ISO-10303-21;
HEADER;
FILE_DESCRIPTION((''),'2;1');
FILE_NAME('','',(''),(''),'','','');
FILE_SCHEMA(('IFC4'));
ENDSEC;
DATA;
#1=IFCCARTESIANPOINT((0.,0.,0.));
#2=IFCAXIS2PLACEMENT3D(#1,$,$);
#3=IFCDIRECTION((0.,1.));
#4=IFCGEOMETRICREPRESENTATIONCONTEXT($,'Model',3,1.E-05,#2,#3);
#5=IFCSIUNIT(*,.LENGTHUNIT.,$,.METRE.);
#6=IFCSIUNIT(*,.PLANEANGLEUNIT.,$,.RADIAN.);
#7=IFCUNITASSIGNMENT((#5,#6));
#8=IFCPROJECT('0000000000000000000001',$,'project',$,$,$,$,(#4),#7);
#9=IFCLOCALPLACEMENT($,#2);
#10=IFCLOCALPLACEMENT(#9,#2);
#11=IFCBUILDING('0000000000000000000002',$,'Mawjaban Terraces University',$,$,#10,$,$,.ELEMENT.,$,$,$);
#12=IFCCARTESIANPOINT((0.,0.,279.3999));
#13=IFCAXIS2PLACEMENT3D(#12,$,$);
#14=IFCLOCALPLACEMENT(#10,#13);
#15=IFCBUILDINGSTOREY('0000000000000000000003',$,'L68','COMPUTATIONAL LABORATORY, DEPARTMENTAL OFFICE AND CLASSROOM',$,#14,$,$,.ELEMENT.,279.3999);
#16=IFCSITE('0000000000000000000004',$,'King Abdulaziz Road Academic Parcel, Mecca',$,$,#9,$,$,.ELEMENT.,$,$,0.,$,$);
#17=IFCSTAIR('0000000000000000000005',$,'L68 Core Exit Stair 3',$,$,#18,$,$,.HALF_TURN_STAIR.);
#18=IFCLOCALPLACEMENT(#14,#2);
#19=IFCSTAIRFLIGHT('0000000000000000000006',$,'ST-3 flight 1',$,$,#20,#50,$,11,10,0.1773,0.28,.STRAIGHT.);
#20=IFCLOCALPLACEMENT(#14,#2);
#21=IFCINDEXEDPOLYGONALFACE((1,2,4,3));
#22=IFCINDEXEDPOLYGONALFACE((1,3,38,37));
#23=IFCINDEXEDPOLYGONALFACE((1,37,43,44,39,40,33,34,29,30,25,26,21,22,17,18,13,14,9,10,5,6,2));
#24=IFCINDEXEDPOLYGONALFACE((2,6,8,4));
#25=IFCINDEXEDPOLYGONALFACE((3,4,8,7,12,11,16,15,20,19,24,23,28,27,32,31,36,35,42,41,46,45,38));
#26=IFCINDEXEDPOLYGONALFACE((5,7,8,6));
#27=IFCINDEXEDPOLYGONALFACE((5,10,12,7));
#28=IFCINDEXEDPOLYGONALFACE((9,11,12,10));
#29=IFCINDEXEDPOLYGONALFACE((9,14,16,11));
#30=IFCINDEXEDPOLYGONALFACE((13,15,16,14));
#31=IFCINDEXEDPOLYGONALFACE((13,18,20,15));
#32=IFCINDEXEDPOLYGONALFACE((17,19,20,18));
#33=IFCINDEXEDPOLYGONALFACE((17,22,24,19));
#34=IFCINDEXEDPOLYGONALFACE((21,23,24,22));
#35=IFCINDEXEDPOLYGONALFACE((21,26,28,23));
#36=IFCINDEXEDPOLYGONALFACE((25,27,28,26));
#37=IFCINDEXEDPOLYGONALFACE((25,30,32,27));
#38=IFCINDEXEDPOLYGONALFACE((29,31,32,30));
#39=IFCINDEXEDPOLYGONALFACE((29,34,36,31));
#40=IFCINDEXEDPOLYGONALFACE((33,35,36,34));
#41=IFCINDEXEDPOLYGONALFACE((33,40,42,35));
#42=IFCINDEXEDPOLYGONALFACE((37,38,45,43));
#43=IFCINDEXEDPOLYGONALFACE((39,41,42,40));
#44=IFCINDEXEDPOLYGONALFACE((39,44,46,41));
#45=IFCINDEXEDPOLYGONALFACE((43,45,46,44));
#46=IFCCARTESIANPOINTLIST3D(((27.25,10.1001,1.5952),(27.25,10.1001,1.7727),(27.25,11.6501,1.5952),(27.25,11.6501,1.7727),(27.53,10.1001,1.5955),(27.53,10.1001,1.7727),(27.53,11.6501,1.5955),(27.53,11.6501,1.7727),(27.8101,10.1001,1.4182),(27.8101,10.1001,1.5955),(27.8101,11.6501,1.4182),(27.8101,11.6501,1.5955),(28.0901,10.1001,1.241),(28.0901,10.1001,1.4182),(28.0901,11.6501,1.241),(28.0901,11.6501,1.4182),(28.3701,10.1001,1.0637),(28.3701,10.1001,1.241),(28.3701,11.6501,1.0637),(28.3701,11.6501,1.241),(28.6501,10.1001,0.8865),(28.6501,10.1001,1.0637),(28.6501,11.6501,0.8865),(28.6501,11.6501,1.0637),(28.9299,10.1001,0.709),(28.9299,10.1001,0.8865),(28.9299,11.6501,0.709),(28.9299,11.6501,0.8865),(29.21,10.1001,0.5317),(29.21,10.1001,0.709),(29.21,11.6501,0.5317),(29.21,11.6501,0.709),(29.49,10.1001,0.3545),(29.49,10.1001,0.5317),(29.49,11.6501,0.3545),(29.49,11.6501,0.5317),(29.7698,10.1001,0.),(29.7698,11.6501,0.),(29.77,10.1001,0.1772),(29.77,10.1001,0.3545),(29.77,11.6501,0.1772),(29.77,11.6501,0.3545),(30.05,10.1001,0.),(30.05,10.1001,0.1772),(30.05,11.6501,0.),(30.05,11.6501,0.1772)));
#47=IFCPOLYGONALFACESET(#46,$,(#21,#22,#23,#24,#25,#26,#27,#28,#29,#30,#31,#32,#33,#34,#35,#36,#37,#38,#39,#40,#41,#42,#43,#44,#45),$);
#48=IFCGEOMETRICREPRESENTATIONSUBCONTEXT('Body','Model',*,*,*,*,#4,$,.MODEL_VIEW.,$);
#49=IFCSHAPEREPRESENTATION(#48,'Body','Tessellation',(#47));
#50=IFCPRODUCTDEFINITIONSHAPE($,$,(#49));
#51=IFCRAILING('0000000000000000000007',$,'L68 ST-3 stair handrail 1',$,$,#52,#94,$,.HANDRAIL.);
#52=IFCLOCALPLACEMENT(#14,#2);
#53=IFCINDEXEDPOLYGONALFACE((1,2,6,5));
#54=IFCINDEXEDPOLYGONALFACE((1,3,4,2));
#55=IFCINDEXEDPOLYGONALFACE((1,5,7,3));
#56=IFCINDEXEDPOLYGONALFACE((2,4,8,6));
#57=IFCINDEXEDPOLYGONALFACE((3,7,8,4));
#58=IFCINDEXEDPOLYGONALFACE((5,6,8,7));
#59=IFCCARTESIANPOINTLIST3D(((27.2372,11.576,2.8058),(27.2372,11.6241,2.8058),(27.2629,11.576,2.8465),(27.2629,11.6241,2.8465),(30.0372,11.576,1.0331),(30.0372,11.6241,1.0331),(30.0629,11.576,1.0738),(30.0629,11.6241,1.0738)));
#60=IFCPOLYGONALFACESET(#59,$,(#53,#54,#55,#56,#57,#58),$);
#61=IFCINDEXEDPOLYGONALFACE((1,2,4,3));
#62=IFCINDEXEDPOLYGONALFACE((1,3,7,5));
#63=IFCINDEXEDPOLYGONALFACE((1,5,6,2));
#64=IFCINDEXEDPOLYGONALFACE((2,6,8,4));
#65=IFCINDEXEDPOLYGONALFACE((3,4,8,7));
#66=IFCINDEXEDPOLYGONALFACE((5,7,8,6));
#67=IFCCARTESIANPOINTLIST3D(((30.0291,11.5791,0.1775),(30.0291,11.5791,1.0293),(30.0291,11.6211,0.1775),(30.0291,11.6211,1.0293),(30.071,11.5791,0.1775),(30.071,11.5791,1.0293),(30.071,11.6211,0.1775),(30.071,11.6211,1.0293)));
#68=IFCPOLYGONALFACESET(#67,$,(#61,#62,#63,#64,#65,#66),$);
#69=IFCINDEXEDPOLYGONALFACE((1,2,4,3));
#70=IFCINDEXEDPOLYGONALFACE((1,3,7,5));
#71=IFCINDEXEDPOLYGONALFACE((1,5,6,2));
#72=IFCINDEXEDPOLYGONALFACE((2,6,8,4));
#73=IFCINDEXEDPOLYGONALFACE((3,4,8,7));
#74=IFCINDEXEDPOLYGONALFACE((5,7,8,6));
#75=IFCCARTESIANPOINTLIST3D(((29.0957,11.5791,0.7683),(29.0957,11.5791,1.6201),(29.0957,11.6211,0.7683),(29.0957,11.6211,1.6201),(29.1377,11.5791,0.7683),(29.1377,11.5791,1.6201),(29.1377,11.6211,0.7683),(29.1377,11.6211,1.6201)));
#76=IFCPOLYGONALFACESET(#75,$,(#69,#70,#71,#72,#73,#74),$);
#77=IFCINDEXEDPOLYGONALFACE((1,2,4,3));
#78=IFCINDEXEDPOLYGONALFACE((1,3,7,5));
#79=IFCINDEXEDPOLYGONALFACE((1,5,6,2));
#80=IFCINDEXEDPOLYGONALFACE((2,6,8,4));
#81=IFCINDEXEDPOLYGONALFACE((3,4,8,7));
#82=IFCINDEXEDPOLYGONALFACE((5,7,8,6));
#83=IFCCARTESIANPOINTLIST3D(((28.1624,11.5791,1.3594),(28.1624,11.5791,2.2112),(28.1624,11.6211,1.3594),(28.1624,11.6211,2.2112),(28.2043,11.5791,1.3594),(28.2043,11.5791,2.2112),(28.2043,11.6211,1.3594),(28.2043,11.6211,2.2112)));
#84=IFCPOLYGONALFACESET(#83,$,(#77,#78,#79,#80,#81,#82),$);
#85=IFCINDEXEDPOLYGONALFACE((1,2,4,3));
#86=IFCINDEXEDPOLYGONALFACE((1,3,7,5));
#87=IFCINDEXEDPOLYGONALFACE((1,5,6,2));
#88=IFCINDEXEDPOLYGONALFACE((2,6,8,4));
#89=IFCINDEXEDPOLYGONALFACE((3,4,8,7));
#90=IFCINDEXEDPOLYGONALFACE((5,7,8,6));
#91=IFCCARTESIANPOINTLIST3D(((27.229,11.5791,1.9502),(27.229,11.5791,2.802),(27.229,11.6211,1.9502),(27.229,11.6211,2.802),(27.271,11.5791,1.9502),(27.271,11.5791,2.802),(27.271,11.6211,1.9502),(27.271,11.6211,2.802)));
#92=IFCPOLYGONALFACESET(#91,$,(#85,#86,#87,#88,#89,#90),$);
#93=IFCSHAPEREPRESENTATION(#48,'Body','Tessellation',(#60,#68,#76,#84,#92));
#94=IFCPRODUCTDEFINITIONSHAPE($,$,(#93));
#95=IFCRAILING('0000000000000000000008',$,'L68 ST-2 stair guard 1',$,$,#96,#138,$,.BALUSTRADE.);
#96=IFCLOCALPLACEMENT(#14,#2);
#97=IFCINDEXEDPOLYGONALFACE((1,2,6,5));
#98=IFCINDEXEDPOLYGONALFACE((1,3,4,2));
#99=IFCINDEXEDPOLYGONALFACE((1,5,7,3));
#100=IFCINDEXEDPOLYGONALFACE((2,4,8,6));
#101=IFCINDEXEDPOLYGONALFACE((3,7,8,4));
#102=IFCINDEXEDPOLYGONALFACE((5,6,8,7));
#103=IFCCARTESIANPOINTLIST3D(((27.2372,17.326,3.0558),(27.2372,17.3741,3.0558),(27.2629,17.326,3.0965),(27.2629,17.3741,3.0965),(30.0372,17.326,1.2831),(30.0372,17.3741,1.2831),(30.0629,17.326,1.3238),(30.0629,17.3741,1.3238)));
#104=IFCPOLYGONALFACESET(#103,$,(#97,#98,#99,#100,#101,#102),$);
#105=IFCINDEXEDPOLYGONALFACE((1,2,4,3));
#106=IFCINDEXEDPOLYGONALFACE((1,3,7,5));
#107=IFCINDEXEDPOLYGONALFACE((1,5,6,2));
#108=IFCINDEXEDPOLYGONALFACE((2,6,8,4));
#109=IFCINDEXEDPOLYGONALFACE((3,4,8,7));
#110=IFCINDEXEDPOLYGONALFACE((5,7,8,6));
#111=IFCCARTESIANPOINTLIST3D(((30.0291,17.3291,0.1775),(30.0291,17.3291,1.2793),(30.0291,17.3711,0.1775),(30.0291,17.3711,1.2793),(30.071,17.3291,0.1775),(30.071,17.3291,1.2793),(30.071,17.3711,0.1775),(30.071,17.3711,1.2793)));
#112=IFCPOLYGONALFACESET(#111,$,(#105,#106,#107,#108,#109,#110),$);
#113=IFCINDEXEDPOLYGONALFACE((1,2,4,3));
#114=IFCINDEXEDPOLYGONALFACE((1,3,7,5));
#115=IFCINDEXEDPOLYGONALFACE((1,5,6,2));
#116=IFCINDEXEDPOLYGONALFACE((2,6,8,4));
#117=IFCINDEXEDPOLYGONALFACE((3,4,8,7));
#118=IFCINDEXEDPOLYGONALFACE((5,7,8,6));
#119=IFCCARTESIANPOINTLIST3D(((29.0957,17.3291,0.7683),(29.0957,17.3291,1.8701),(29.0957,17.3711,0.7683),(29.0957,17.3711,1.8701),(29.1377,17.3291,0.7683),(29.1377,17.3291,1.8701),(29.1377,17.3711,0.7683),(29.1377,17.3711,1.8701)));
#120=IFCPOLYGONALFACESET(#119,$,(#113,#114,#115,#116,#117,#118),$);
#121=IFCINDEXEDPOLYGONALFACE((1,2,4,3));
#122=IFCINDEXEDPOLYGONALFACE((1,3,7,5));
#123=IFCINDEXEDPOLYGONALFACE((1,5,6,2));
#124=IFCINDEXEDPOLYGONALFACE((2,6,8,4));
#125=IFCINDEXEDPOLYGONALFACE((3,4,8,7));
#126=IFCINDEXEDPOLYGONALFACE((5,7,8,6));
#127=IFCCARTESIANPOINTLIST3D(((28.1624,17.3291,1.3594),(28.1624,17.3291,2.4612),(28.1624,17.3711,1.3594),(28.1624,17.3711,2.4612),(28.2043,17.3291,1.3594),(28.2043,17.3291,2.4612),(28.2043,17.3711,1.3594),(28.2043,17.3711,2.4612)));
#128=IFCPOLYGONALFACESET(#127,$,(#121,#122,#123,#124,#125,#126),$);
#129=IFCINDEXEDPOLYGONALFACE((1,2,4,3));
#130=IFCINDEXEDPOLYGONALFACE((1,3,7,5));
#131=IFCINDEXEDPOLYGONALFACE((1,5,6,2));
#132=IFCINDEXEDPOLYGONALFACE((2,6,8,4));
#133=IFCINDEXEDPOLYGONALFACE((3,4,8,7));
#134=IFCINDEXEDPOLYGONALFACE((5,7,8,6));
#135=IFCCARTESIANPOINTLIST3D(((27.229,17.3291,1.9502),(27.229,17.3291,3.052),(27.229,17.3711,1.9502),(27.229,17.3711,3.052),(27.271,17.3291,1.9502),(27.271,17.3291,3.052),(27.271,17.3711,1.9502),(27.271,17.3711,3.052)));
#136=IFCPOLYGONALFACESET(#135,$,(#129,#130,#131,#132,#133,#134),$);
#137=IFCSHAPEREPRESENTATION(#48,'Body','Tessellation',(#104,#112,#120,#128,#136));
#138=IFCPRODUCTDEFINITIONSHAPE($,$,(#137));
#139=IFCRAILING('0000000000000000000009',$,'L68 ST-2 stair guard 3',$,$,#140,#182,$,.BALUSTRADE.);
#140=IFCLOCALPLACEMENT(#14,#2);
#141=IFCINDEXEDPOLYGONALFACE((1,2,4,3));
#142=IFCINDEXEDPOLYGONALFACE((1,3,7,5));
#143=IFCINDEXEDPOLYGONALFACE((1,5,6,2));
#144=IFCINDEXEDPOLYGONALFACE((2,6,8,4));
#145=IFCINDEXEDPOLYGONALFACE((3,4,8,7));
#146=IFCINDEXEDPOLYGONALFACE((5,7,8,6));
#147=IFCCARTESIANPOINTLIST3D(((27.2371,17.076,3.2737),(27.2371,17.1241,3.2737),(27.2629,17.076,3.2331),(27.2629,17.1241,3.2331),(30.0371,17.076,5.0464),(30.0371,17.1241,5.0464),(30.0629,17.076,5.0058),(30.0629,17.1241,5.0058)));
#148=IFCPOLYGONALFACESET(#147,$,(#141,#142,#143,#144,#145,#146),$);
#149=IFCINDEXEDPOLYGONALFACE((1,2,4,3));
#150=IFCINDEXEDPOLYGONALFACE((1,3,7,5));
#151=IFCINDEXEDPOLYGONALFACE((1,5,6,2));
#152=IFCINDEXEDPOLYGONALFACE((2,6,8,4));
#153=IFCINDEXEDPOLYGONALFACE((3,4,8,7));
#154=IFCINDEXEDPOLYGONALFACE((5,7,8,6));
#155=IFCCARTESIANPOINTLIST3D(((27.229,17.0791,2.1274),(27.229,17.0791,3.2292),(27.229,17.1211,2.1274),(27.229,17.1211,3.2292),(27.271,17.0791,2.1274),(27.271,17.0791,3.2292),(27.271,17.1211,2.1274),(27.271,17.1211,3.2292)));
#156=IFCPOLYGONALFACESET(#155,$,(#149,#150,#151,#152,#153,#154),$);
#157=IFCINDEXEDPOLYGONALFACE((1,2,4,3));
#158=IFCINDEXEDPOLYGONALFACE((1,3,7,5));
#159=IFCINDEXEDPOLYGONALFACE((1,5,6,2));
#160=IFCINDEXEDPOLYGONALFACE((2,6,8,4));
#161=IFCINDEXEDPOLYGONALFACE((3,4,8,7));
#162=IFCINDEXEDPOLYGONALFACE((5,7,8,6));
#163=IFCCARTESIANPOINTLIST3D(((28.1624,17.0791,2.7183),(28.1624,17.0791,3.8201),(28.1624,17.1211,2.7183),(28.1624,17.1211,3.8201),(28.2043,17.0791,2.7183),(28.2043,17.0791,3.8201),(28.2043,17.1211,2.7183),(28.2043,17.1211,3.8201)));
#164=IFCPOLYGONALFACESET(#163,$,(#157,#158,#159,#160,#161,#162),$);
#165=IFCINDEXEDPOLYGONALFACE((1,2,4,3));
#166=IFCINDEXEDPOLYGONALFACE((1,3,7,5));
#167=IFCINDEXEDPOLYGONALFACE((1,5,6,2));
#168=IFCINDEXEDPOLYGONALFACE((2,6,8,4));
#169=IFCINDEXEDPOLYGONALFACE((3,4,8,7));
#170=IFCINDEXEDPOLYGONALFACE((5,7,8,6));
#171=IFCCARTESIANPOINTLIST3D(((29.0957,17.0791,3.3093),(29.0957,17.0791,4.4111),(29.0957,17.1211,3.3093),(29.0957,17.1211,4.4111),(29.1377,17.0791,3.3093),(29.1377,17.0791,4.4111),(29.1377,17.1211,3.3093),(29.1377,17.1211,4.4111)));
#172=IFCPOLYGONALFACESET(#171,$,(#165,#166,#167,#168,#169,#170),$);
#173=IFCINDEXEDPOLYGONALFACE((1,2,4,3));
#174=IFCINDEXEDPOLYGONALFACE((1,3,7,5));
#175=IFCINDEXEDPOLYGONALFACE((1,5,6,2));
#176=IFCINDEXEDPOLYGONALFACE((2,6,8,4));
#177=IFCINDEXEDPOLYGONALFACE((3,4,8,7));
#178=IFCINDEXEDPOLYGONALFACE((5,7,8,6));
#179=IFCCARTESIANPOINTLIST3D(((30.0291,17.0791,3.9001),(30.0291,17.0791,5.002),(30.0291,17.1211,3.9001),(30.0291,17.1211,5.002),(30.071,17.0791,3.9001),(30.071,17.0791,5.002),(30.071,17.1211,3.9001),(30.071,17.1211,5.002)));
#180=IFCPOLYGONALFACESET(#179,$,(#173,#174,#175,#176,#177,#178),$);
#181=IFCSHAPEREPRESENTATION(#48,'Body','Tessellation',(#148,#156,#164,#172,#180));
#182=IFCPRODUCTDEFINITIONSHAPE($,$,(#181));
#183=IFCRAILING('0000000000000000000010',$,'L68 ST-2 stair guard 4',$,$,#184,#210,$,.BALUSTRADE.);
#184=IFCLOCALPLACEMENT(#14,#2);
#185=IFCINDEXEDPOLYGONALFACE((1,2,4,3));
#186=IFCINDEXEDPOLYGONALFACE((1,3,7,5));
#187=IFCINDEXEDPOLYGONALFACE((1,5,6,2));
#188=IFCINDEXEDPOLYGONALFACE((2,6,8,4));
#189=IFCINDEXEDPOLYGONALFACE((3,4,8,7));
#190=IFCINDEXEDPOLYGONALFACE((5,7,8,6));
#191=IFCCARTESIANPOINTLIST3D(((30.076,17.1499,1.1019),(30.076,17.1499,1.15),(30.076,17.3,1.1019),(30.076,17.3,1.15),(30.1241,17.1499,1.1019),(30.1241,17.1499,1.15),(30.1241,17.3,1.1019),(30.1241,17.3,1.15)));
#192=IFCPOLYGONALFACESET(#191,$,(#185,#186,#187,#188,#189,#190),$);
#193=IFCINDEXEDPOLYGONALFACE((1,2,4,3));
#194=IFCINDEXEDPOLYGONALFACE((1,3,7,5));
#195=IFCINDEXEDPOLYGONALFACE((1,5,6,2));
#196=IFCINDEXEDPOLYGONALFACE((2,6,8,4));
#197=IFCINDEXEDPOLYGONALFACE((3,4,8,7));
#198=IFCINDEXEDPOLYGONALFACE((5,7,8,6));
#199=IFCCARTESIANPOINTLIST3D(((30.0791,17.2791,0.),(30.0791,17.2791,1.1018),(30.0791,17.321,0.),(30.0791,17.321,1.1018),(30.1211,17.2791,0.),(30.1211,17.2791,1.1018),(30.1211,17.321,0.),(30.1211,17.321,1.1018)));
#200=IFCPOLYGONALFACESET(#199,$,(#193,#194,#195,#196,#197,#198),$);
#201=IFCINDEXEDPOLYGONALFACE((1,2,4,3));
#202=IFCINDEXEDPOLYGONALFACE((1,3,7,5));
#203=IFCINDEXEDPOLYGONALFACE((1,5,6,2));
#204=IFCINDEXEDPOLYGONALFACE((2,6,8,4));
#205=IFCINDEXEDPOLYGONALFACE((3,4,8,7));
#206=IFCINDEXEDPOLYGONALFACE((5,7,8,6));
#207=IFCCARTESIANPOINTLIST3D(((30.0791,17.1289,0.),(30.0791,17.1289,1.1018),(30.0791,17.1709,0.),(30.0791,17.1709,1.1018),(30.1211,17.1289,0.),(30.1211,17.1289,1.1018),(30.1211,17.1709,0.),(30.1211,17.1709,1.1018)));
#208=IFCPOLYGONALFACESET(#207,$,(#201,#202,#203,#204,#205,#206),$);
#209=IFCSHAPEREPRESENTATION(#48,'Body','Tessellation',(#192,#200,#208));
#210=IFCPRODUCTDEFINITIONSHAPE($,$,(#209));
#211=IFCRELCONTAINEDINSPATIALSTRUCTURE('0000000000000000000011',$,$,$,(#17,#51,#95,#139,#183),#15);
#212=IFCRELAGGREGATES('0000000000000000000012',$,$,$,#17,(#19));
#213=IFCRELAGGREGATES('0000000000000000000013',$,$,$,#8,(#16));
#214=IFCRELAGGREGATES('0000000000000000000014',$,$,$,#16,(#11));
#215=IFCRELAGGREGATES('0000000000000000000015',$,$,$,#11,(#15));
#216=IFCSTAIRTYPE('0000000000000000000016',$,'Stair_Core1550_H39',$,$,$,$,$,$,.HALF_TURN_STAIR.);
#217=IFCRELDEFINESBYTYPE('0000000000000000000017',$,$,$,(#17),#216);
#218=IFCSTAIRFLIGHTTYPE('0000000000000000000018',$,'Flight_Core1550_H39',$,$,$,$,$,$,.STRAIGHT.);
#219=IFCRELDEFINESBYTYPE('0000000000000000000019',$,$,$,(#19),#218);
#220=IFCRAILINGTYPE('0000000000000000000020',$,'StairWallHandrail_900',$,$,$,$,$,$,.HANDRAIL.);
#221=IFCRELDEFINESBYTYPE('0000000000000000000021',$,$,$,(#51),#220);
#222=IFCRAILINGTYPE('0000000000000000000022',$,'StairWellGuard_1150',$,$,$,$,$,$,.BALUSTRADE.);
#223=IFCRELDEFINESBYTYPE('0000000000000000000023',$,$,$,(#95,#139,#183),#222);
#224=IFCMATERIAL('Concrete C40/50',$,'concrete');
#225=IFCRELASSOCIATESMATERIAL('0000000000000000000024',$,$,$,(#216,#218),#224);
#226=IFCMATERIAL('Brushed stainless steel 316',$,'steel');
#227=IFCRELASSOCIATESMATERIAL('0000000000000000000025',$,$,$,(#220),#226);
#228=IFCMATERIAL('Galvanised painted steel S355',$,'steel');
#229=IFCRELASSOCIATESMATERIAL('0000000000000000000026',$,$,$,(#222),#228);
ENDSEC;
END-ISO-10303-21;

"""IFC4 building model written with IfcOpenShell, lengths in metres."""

from ifc_helpers import new_model, si_unit, direction, frame, origin, origin_2d, place, context, subcontext, project, spatial, polyline, rectangle, outline, extrude, material, type_object, element, aggregate, save


model = new_model("IFC4")

# Units and contexts
model_context = context("Model", 3, precision=1e-05, world=origin(), true_north=direction((0.0, 1.0)))
body_context = subcontext(model_context, "Body", "Model", "MODEL_VIEW")
ifc_project = project(units=[si_unit("LENGTHUNIT", "METRE"), si_unit("PLANEANGLEUNIT", "RADIAN")], contexts=[model_context])

# Site, building, storey
site_placement = place(None, origin())
site = spatial("IfcSite", under=ifc_project, at=site_placement, Name="King Abdulaziz Road Academic Parcel, Mecca", CompositionType="ELEMENT", RefElevation=0.0)
building_placement = place(site_placement, origin())
building = spatial("IfcBuilding", under=site, at=building_placement, Name="Mawjaban Terraces University", CompositionType="ELEMENT")
storey_placement = place(building_placement, frame((0.0, 0.0, 279.3999)))
storey = spatial("IfcBuildingStorey", under=building, at=storey_placement, Name="L68", Description="COMPUTATIONAL LABORATORY, DEPARTMENTAL OFFICE AND CLASSROOM", CompositionType="ELEMENT", Elevation=279.3999)

# Shared definitions
ifc_material_1 = material(Name="Concrete C40/50", Category="concrete")

# Stair, stair flight
stair_type = type_object("IfcStairType", Name="Stair_Core1550_H39", PredefinedType="HALF_TURN_STAIR", material=ifc_material_1)
stair_placement = place(storey_placement, origin())
stair = element("IfcStair", 1, at=stair_placement, inside=storey, type_object=stair_type, Name="L68 Core Exit Stair 3", PredefinedType="HALF_TURN_STAIR")
stair_flight_type = type_object("IfcStairFlightType", Name="Flight_Core1550_H39", PredefinedType="STRAIGHT", material=ifc_material_1)
stair_flight_placement = place(storey_placement, frame((30.05, 10.875, 0.0), z_axis=(0.0, 0.0, 1.0), x_axis=(-1.0, 0.0, 0.0)))
stair_flight = element("IfcStairFlight", 2, at=stair_flight_placement, type_object=stair_flight_type, Name="ST-3 flight 1", NumberOfRisers=11, NumberOfTreads=10, PredefinedType="STRAIGHT", RiserHeight=0.1773, TreadLength=0.28, context=body_context, shape_type="SweptSolid", body=[
    extrude(outline(polyline([(0.0, 0.0), (0.0, 0.1772), (0.28, 0.1772), (0.28, 0.3545), (0.5601, 0.3545), (0.5601, 0.5317), (0.8401, 0.5317), (0.8401, 0.709), (1.1201, 0.709), (1.1201, 0.8865), (1.3999, 0.8865), (1.3999, 1.0637), (1.6799, 1.0637), (1.6799, 1.241), (1.96, 1.241), (1.96, 1.4182), (2.24, 1.4182), (2.24, 1.5955), (2.52, 1.5955), (2.52, 1.7727), (2.8, 1.7727), (2.8, 1.95), (2.8, 1.5952), (0.2803, 0.0), (0.0, 0.0)])), frame((0.0, 0.7749, 0.0), z_axis=(0.0, -1.0, 0.0), x_axis=(1.0, 0.0, 0.0)), (0.0, 0.0, 1.0), 1.55),
])
aggregate(stair, [stair_flight])

# Railings
ifc_material_2 = material(Name="Brushed stainless steel 316", Category="steel")
railing_type_1 = type_object("IfcRailingType", Name="StairWallHandrail_900", PredefinedType="HANDRAIL", material=ifc_material_2)
railing_1_placement = place(storey_placement, frame((30.05, 11.6001, 0.1775)))
element("IfcRailing", 3, at=railing_1_placement, inside=storey, type_object=railing_type_1, Name="L68 ST-3 stair handrail 1", PredefinedType="HANDRAIL", context=body_context, shape_type="SweptSolid", body=[
    extrude(rectangle(XDim=0.0481, YDim=0.0481, at=origin_2d()), frame((0.0, 0.0, 0.876), z_axis=(-0.844909, 0.0, 0.53491), x_axis=(0.0, -1.0, 0.0)), (0.0, 0.0, 1.0), 3.314),
    extrude(rectangle(XDim=0.042, YDim=0.042, at=origin_2d()), origin(), (0.0, 0.0, 1.0), 0.8518),
    extrude(rectangle(XDim=0.042, YDim=0.042, at=origin_2d()), frame((-0.9333, 0.0, 0.5908)), (0.0, 0.0, 1.0), 0.8518),
    extrude(rectangle(XDim=0.042, YDim=0.042, at=origin_2d()), frame((-1.8667, 0.0, 1.1819)), (0.0, 0.0, 1.0), 0.8518),
    extrude(rectangle(XDim=0.042, YDim=0.042, at=origin_2d()), frame((-2.8, 0.0, 1.7727)), (0.0, 0.0, 1.0), 0.8518),
])
ifc_material_3 = material(Name="Galvanised painted steel S355", Category="steel")
railing_type_2 = type_object("IfcRailingType", Name="StairWellGuard_1150", PredefinedType="BALUSTRADE", material=ifc_material_3)
railing_2_placement = place(storey_placement, frame((30.05, 17.3501, 0.1775)))
element("IfcRailing", 4, at=railing_2_placement, inside=storey, type_object=railing_type_2, Name="L68 ST-2 stair guard 1", PredefinedType="BALUSTRADE", context=body_context, shape_type="SweptSolid", body=[
    extrude(rectangle(XDim=0.0481, YDim=0.0481, at=origin_2d()), frame((0.0, 0.0, 1.126), z_axis=(-0.844909, 0.0, 0.53491), x_axis=(0.0, -1.0, 0.0)), (0.0, 0.0, 1.0), 3.314),
    extrude(rectangle(XDim=0.042, YDim=0.042, at=origin_2d()), origin(), (0.0, 0.0, 1.0), 1.1018),
    extrude(rectangle(XDim=0.042, YDim=0.042, at=origin_2d()), frame((-0.9333, 0.0, 0.5908)), (0.0, 0.0, 1.0), 1.1018),
    extrude(rectangle(XDim=0.042, YDim=0.042, at=origin_2d()), frame((-1.8667, 0.0, 1.1819)), (0.0, 0.0, 1.0), 1.1018),
    extrude(rectangle(XDim=0.042, YDim=0.042, at=origin_2d()), frame((-2.8, 0.0, 1.7727)), (0.0, 0.0, 1.0), 1.1018),
])
railing_3_placement = place(storey_placement, frame((27.25, 17.1001, 2.1274)))
element("IfcRailing", 5, at=railing_3_placement, inside=storey, type_object=railing_type_2, Name="L68 ST-2 stair guard 3", PredefinedType="BALUSTRADE", context=body_context, shape_type="SweptSolid", body=[
    extrude(rectangle(XDim=0.0481, YDim=0.0481, at=origin_2d()), frame((0.0, 0.0, 1.126), z_axis=(0.844909, 0.0, 0.53491), x_axis=(0.0, 1.0, 0.0)), (0.0, 0.0, 1.0), 3.314),
    extrude(rectangle(XDim=0.042, YDim=0.042, at=origin_2d()), origin(), (0.0, 0.0, 1.0), 1.1018),
    extrude(rectangle(XDim=0.042, YDim=0.042, at=origin_2d()), frame((0.9333, 0.0, 0.5908)), (0.0, 0.0, 1.0), 1.1018),
    extrude(rectangle(XDim=0.042, YDim=0.042, at=origin_2d()), frame((1.8667, 0.0, 1.1819)), (0.0, 0.0, 1.0), 1.1018),
    extrude(rectangle(XDim=0.042, YDim=0.042, at=origin_2d()), frame((2.8, 0.0, 1.7727)), (0.0, 0.0, 1.0), 1.1018),
])
railing_4_placement = place(storey_placement, frame((30.1001, 17.3, 0.0)))
element("IfcRailing", 6, at=railing_4_placement, inside=storey, type_object=railing_type_2, Name="L68 ST-2 stair guard 4", PredefinedType="BALUSTRADE", context=body_context, shape_type="SweptSolid", body=[
    extrude(rectangle(XDim=0.0481, YDim=0.0481, at=origin_2d()), frame((0.0, 0.0, 1.126), z_axis=(0.0, -1.0, 0.0), x_axis=(1.0, 0.0, 0.0)), (0.0, 0.0, 1.0), 0.1501),
    extrude(rectangle(XDim=0.042, YDim=0.042, at=origin_2d()), origin(), (0.0, 0.0, 1.0), 1.1018),
    extrude(rectangle(XDim=0.042, YDim=0.042, at=origin_2d()), frame((0.0, -0.1501, 0.0)), (0.0, 0.0, 1.0), 1.1018),
])

save(model, "model.ifc")
